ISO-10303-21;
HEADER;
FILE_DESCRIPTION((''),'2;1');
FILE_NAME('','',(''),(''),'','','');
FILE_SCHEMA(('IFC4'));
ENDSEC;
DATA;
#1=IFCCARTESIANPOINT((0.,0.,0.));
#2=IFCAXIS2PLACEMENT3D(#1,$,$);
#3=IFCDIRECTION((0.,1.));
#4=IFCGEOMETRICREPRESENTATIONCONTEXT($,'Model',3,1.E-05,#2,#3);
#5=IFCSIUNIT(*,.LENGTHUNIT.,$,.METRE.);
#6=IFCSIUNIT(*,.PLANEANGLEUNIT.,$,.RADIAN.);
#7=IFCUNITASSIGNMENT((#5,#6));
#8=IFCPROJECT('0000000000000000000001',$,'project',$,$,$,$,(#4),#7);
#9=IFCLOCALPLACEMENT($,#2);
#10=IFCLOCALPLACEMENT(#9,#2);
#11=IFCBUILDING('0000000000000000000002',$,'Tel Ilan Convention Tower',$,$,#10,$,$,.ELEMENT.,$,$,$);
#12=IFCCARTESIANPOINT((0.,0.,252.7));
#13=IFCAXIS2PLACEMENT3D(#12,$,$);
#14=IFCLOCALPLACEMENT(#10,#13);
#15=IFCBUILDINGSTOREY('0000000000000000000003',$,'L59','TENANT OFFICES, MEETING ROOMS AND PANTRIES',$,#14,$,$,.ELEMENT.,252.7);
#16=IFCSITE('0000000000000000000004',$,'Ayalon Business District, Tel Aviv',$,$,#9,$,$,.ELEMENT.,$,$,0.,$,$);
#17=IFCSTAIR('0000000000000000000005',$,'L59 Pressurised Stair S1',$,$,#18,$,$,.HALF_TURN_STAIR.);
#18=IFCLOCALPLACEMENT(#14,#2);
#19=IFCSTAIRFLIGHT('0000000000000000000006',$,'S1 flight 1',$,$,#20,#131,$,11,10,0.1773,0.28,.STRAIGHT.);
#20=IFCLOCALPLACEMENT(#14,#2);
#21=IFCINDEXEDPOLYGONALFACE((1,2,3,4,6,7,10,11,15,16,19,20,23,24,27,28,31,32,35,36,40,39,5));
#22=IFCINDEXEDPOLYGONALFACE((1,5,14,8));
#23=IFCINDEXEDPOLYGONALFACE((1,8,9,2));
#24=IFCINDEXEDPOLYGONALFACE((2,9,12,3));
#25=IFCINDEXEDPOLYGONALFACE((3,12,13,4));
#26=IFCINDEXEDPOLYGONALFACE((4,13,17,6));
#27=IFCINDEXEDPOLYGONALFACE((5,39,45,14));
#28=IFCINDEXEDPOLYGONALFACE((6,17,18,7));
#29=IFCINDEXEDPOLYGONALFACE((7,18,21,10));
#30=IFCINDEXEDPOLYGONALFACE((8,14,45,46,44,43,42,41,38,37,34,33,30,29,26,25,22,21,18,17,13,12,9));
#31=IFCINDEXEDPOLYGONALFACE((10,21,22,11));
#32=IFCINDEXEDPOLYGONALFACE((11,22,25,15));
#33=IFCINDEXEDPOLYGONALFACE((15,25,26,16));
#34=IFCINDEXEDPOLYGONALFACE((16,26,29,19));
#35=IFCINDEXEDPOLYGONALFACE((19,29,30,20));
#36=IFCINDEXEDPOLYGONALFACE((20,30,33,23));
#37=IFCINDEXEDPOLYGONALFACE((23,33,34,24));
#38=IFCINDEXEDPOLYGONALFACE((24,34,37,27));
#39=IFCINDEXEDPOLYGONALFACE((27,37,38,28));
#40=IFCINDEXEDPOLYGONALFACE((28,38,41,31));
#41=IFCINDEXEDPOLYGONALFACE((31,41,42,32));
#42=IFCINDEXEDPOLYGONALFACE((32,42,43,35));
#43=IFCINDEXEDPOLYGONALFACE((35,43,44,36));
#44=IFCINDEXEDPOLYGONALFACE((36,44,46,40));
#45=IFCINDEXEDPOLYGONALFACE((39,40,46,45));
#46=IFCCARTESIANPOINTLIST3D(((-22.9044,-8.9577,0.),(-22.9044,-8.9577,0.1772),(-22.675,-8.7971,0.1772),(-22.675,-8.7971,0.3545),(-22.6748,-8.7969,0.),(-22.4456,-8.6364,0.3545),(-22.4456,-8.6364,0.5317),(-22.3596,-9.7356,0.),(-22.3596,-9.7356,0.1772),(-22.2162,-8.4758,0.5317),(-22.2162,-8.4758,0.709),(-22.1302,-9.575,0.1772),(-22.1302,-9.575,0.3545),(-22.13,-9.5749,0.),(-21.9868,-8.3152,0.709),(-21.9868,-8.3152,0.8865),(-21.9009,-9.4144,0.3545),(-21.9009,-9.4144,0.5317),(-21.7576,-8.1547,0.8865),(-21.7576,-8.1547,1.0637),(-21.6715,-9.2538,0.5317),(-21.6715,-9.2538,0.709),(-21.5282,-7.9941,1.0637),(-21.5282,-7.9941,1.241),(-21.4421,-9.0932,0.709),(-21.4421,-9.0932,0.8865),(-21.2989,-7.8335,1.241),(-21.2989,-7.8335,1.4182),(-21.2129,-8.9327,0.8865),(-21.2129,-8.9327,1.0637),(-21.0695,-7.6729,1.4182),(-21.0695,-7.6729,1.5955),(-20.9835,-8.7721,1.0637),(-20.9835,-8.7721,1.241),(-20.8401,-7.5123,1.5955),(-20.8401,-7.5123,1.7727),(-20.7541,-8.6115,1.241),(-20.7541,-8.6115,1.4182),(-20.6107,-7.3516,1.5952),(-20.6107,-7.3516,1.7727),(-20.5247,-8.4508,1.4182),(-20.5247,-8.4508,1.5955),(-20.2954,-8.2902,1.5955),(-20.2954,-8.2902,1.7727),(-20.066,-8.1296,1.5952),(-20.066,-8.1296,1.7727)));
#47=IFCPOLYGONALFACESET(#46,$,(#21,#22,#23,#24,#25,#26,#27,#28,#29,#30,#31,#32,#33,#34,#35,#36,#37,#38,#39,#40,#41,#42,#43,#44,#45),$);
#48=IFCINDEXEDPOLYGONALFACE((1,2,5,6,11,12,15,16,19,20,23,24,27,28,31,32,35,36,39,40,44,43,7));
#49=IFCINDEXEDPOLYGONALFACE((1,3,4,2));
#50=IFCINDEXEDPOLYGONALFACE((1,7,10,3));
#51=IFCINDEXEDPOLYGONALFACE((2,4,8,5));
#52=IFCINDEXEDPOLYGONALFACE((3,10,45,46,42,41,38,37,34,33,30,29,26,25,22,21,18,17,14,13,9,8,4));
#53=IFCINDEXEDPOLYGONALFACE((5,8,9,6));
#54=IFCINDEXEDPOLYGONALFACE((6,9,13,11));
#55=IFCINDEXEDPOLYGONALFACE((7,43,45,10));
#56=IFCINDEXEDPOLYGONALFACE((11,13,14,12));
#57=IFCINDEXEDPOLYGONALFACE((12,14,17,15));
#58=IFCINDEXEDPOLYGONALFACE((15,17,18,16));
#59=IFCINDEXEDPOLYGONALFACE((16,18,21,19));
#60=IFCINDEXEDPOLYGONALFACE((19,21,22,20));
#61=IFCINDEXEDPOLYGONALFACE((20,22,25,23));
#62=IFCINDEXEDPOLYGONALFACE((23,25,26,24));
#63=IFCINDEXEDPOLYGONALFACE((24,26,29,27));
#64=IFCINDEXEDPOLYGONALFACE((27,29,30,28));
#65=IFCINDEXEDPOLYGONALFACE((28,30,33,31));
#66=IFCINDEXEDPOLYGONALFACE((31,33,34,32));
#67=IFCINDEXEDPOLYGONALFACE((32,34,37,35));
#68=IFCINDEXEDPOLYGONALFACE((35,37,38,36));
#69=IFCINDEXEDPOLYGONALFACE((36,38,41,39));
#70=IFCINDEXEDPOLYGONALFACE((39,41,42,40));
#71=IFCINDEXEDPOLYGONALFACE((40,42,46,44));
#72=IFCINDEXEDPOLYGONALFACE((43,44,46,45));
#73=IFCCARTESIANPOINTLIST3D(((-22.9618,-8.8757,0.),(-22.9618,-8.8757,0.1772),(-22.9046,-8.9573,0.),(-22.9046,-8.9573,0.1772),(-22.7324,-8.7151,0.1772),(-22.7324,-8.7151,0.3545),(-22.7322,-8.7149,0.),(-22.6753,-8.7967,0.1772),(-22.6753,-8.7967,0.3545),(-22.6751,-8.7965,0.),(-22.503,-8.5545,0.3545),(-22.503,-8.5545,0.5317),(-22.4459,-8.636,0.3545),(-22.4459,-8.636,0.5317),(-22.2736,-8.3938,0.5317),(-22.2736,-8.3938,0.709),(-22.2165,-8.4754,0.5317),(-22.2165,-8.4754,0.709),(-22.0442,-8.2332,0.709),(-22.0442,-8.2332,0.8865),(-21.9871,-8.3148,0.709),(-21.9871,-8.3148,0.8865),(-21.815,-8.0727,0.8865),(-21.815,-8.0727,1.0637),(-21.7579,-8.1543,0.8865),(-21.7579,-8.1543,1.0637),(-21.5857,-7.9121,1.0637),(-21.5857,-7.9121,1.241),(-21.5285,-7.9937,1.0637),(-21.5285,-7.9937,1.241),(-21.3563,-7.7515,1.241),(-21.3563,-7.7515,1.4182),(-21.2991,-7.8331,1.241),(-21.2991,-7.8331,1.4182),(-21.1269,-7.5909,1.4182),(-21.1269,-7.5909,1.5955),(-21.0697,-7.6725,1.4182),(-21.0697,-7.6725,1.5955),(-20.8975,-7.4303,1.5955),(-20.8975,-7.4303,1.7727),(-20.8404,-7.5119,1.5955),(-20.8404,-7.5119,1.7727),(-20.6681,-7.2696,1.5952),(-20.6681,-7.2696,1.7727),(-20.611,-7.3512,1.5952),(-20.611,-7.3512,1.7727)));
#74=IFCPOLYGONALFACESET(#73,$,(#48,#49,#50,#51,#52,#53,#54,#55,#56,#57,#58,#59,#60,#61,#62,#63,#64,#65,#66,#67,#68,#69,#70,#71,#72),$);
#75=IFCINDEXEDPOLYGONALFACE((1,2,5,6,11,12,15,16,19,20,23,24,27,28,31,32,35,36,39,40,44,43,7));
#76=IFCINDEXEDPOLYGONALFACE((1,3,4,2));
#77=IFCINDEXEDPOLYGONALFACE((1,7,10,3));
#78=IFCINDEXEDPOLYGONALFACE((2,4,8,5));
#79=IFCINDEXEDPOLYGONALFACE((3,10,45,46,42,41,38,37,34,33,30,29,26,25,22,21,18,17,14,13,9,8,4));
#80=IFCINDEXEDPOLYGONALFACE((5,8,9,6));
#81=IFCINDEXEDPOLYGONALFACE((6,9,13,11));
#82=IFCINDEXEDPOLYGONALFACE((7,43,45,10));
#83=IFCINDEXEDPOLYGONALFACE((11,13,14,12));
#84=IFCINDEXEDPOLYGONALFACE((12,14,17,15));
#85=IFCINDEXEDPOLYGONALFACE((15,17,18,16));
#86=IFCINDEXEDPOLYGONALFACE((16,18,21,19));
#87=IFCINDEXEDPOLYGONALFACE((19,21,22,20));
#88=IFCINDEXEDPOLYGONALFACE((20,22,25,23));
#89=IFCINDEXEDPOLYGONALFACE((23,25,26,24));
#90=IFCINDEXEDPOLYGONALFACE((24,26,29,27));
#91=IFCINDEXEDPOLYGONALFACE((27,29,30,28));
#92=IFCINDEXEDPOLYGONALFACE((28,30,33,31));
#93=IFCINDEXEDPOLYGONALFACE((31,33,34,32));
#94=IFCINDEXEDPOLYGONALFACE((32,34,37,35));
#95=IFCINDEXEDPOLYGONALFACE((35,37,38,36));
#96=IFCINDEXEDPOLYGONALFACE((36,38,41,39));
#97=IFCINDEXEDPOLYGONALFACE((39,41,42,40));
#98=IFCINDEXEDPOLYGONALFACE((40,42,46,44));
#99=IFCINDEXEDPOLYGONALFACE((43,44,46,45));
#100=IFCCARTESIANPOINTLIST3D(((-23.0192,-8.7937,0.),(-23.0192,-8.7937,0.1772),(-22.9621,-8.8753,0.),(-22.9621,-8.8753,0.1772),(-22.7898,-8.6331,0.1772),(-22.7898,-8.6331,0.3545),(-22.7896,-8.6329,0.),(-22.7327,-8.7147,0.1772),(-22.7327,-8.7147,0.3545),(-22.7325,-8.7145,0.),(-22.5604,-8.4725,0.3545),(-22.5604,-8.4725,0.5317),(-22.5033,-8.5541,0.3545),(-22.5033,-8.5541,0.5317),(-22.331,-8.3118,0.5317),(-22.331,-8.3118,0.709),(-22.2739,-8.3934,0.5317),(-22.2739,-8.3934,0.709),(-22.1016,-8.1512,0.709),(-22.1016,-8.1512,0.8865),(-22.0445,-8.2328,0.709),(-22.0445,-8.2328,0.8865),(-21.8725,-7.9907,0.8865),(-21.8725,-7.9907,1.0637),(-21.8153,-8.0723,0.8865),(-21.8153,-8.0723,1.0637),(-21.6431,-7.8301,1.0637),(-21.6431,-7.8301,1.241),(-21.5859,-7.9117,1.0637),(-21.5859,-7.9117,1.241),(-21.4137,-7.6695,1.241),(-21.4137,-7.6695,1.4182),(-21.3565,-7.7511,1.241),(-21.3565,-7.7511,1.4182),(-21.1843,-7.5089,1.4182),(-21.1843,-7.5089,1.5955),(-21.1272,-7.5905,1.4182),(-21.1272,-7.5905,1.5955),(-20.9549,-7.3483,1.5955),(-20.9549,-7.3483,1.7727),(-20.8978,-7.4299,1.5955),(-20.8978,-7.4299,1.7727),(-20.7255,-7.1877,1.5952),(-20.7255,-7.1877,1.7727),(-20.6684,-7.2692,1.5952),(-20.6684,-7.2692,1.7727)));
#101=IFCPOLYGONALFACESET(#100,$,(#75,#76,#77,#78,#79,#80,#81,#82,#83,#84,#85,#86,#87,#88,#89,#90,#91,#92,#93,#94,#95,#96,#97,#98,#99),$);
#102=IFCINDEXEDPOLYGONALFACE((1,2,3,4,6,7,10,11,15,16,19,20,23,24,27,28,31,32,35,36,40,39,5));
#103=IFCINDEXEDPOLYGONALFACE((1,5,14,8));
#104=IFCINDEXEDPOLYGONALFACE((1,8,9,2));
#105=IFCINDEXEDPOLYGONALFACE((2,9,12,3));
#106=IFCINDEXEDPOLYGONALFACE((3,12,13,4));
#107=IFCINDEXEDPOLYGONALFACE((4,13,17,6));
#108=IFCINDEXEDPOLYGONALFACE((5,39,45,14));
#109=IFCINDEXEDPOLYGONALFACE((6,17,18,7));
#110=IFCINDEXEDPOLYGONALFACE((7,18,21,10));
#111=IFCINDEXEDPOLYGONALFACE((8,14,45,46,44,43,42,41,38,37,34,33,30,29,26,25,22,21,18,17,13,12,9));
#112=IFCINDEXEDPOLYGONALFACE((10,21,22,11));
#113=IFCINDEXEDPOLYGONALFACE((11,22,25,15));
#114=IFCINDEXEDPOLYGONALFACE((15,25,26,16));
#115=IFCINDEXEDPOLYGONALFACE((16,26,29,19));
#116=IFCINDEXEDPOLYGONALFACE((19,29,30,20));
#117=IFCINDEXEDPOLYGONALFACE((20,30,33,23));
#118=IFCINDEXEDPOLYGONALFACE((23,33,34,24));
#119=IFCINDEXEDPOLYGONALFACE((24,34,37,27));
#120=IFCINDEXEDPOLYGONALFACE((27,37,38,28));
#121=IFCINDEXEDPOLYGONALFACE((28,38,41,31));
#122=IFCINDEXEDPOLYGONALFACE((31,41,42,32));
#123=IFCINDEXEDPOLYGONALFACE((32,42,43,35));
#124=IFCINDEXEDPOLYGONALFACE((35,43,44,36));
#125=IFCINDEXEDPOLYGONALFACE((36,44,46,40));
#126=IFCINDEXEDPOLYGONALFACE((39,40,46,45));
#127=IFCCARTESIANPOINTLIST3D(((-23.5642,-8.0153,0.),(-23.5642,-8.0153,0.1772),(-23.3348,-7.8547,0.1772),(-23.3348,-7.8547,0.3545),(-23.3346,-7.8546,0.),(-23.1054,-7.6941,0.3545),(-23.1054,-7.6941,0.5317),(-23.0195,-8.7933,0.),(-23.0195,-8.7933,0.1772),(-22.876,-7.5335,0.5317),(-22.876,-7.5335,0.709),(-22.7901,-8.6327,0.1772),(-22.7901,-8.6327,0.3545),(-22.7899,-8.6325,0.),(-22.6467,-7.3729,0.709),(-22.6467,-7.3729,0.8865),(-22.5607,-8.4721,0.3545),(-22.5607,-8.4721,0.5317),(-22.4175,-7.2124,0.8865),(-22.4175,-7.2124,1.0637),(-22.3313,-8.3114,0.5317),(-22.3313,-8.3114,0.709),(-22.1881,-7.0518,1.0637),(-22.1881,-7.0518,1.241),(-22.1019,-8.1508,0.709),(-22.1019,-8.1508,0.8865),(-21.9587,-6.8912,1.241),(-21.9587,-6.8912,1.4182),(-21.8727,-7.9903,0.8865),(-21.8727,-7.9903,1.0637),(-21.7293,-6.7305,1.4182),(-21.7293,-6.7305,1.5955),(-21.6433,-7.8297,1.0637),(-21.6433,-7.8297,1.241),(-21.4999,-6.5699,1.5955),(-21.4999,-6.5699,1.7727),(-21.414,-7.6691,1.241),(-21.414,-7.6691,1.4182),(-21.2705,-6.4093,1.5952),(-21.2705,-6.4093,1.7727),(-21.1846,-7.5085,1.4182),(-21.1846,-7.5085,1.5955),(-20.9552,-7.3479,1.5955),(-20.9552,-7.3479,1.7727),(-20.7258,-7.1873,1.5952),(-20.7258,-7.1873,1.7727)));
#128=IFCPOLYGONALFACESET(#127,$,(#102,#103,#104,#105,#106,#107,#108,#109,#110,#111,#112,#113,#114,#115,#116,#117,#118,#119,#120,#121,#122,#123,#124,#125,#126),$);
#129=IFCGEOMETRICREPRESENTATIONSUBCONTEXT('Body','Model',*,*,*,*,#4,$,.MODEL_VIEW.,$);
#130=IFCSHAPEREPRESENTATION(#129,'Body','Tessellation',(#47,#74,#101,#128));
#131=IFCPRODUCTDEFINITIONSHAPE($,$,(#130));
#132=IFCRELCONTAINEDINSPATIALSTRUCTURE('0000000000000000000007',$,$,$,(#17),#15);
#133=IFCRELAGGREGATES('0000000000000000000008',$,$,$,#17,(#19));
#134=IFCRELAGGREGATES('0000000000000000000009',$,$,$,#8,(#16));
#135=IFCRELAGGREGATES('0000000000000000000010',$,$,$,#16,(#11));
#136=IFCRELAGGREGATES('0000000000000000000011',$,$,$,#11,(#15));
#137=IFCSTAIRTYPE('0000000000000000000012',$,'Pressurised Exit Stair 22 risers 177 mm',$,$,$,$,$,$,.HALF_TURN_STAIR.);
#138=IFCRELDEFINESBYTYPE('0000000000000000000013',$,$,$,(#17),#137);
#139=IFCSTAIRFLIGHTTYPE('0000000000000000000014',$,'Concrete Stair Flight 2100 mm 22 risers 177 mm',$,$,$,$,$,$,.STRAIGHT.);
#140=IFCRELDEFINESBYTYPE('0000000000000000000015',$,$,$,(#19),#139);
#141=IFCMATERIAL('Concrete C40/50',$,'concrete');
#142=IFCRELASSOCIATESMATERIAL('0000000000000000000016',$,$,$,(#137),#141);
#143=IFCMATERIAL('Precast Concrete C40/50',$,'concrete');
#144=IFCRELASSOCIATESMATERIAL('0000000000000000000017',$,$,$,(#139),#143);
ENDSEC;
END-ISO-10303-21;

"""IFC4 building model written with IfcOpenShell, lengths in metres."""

from ifc_helpers import new_model, si_unit, direction, frame, origin, place, context, subcontext, project, spatial, polyline, outline, extrude, material, type_object, element, aggregate, save


model = new_model("IFC4")

# Units and contexts
model_context = context("Model", 3, precision=1e-05, world=origin(), true_north=direction((0.0, 1.0)))
body_context = subcontext(model_context, "Body", "Model", "MODEL_VIEW")
ifc_project = project(units=[si_unit("LENGTHUNIT", "METRE"), si_unit("PLANEANGLEUNIT", "RADIAN")], contexts=[model_context])

# Site, building, storey
site_placement = place(None, origin())
site = spatial("IfcSite", under=ifc_project, at=site_placement, Name="Ayalon Business District, Tel Aviv", CompositionType="ELEMENT", RefElevation=0.0)
building_placement = place(site_placement, origin())
building = spatial("IfcBuilding", under=site, at=building_placement, Name="Tel Ilan Convention Tower", CompositionType="ELEMENT")
storey_placement = place(building_placement, frame((0.0, 0.0, 252.7)))
storey = spatial("IfcBuildingStorey", under=building, at=storey_placement, Name="L59", Description="TENANT OFFICES, MEETING ROOMS AND PANTRIES", CompositionType="ELEMENT", Elevation=252.7)

# Stair, stair flight
ifc_material_1 = material(Name="Concrete C40/50", Category="concrete")
stair_type = type_object("IfcStairType", Name="Pressurised Exit Stair 22 risers 177 mm", PredefinedType="HALF_TURN_STAIR", material=ifc_material_1)
stair_1_placement = place(storey_placement, origin())
stair_1 = element("IfcStair", 1, at=stair_1_placement, inside=storey, type_object=stair_type, Name="L59 Pressurised Stair S1", PredefinedType="HALF_TURN_STAIR")
ifc_material_2 = material(Name="Precast Concrete C40/50", Category="concrete")
stair_flight_type = type_object("IfcStairFlightType", Name="Concrete Stair Flight 2100 mm 22 risers 177 mm", PredefinedType="STRAIGHT", material=ifc_material_2)
stair_flight_1_placement = place(storey_placement, frame((-22.9619, -8.8755, 0.0), z_axis=(0.0, 0.0, 1.0), x_axis=(0.819152, 0.573576, 0.0)))
stair_flight_1 = element("IfcStairFlight", 2, at=stair_flight_1_placement, type_object=stair_flight_type, Name="S1 flight 1", NumberOfRisers=11, NumberOfTreads=10, PredefinedType="STRAIGHT", RiserHeight=0.1773, TreadLength=0.28, context=body_context, shape_type="SweptSolid", body=[
    extrude(outline(polyline([(0.0, 0.0), (0.0, 0.1772), (0.28, 0.1772), (0.28, 0.3545), (0.5601, 0.3545), (0.5601, 0.5317), (0.8401, 0.5317), (0.8401, 0.709), (1.1201, 0.709), (1.1201, 0.8865), (1.3999, 0.8865), (1.3999, 1.0637), (1.6799, 1.0637), (1.6799, 1.241), (1.96, 1.241), (1.96, 1.4182), (2.24, 1.4182), (2.24, 1.5955), (2.52, 1.5955), (2.52, 1.7727), (2.8, 1.7727), (2.8, 1.95), (2.8, 1.5952), (0.2803, 0.0), (0.0, 0.0)])), frame((0.0, -0.1003, 0.0), z_axis=(0.0, -1.0, 0.0), x_axis=(1.0, 0.0, 0.0)), (0.0, 0.0, 1.0), 0.9497),
    extrude(outline(polyline([(0.0, 0.0), (0.0, 0.1772), (0.28, 0.1772), (0.28, 0.3545), (0.5601, 0.3545), (0.5601, 0.5317), (0.8401, 0.5317), (0.8401, 0.709), (1.1201, 0.709), (1.1201, 0.8865), (1.3999, 0.8865), (1.3999, 1.0637), (1.6799, 1.0637), (1.6799, 1.241), (1.96, 1.241), (1.96, 1.4182), (2.24, 1.4182), (2.24, 1.5955), (2.52, 1.5955), (2.52, 1.7727), (2.8, 1.7727), (2.8, 1.95), (2.8, 1.5952), (0.2803, 0.0), (0.0, 0.0)])), frame((0.0, -0.0002, 0.0), z_axis=(0.0, -1.0, 0.0), x_axis=(1.0, 0.0, 0.0)), (0.0, 0.0, 1.0), 0.0996),
    extrude(outline(polyline([(0.0, 0.0), (0.0, 0.1772), (0.28, 0.1772), (0.28, 0.3545), (0.5601, 0.3545), (0.5601, 0.5317), (0.8401, 0.5317), (0.8401, 0.709), (1.1201, 0.709), (1.1201, 0.8865), (1.3999, 0.8865), (1.3999, 1.0637), (1.6799, 1.0637), (1.6799, 1.241), (1.96, 1.241), (1.96, 1.4182), (2.24, 1.4182), (2.24, 1.5955), (2.52, 1.5955), (2.52, 1.7727), (2.8, 1.7727), (2.8, 1.95), (2.8, 1.5952), (0.2803, 0.0), (0.0, 0.0)])), frame((0.0, 0.0999, 0.0), z_axis=(0.0, -1.0, 0.0), x_axis=(1.0, 0.0, 0.0)), (0.0, 0.0, 1.0), 0.0996),
    extrude(outline(polyline([(0.0, 0.0), (0.0, 0.1772), (0.28, 0.1772), (0.28, 0.3545), (0.5601, 0.3545), (0.5601, 0.5317), (0.8401, 0.5317), (0.8401, 0.709), (1.1201, 0.709), (1.1201, 0.8865), (1.3999, 0.8865), (1.3999, 1.0637), (1.6799, 1.0637), (1.6799, 1.241), (1.96, 1.241), (1.96, 1.4182), (2.24, 1.4182), (2.24, 1.5955), (2.52, 1.5955), (2.52, 1.7727), (2.8, 1.7727), (2.8, 1.95), (2.8, 1.5952), (0.2803, 0.0), (0.0, 0.0)])), frame((0.0, 1.05, 0.0), z_axis=(0.0, -1.0, 0.0), x_axis=(1.0, 0.0, 0.0)), (0.0, 0.0, 1.0), 0.9497),
])
aggregate(stair_1, [stair_flight_1])

save(model, "model.ifc")
